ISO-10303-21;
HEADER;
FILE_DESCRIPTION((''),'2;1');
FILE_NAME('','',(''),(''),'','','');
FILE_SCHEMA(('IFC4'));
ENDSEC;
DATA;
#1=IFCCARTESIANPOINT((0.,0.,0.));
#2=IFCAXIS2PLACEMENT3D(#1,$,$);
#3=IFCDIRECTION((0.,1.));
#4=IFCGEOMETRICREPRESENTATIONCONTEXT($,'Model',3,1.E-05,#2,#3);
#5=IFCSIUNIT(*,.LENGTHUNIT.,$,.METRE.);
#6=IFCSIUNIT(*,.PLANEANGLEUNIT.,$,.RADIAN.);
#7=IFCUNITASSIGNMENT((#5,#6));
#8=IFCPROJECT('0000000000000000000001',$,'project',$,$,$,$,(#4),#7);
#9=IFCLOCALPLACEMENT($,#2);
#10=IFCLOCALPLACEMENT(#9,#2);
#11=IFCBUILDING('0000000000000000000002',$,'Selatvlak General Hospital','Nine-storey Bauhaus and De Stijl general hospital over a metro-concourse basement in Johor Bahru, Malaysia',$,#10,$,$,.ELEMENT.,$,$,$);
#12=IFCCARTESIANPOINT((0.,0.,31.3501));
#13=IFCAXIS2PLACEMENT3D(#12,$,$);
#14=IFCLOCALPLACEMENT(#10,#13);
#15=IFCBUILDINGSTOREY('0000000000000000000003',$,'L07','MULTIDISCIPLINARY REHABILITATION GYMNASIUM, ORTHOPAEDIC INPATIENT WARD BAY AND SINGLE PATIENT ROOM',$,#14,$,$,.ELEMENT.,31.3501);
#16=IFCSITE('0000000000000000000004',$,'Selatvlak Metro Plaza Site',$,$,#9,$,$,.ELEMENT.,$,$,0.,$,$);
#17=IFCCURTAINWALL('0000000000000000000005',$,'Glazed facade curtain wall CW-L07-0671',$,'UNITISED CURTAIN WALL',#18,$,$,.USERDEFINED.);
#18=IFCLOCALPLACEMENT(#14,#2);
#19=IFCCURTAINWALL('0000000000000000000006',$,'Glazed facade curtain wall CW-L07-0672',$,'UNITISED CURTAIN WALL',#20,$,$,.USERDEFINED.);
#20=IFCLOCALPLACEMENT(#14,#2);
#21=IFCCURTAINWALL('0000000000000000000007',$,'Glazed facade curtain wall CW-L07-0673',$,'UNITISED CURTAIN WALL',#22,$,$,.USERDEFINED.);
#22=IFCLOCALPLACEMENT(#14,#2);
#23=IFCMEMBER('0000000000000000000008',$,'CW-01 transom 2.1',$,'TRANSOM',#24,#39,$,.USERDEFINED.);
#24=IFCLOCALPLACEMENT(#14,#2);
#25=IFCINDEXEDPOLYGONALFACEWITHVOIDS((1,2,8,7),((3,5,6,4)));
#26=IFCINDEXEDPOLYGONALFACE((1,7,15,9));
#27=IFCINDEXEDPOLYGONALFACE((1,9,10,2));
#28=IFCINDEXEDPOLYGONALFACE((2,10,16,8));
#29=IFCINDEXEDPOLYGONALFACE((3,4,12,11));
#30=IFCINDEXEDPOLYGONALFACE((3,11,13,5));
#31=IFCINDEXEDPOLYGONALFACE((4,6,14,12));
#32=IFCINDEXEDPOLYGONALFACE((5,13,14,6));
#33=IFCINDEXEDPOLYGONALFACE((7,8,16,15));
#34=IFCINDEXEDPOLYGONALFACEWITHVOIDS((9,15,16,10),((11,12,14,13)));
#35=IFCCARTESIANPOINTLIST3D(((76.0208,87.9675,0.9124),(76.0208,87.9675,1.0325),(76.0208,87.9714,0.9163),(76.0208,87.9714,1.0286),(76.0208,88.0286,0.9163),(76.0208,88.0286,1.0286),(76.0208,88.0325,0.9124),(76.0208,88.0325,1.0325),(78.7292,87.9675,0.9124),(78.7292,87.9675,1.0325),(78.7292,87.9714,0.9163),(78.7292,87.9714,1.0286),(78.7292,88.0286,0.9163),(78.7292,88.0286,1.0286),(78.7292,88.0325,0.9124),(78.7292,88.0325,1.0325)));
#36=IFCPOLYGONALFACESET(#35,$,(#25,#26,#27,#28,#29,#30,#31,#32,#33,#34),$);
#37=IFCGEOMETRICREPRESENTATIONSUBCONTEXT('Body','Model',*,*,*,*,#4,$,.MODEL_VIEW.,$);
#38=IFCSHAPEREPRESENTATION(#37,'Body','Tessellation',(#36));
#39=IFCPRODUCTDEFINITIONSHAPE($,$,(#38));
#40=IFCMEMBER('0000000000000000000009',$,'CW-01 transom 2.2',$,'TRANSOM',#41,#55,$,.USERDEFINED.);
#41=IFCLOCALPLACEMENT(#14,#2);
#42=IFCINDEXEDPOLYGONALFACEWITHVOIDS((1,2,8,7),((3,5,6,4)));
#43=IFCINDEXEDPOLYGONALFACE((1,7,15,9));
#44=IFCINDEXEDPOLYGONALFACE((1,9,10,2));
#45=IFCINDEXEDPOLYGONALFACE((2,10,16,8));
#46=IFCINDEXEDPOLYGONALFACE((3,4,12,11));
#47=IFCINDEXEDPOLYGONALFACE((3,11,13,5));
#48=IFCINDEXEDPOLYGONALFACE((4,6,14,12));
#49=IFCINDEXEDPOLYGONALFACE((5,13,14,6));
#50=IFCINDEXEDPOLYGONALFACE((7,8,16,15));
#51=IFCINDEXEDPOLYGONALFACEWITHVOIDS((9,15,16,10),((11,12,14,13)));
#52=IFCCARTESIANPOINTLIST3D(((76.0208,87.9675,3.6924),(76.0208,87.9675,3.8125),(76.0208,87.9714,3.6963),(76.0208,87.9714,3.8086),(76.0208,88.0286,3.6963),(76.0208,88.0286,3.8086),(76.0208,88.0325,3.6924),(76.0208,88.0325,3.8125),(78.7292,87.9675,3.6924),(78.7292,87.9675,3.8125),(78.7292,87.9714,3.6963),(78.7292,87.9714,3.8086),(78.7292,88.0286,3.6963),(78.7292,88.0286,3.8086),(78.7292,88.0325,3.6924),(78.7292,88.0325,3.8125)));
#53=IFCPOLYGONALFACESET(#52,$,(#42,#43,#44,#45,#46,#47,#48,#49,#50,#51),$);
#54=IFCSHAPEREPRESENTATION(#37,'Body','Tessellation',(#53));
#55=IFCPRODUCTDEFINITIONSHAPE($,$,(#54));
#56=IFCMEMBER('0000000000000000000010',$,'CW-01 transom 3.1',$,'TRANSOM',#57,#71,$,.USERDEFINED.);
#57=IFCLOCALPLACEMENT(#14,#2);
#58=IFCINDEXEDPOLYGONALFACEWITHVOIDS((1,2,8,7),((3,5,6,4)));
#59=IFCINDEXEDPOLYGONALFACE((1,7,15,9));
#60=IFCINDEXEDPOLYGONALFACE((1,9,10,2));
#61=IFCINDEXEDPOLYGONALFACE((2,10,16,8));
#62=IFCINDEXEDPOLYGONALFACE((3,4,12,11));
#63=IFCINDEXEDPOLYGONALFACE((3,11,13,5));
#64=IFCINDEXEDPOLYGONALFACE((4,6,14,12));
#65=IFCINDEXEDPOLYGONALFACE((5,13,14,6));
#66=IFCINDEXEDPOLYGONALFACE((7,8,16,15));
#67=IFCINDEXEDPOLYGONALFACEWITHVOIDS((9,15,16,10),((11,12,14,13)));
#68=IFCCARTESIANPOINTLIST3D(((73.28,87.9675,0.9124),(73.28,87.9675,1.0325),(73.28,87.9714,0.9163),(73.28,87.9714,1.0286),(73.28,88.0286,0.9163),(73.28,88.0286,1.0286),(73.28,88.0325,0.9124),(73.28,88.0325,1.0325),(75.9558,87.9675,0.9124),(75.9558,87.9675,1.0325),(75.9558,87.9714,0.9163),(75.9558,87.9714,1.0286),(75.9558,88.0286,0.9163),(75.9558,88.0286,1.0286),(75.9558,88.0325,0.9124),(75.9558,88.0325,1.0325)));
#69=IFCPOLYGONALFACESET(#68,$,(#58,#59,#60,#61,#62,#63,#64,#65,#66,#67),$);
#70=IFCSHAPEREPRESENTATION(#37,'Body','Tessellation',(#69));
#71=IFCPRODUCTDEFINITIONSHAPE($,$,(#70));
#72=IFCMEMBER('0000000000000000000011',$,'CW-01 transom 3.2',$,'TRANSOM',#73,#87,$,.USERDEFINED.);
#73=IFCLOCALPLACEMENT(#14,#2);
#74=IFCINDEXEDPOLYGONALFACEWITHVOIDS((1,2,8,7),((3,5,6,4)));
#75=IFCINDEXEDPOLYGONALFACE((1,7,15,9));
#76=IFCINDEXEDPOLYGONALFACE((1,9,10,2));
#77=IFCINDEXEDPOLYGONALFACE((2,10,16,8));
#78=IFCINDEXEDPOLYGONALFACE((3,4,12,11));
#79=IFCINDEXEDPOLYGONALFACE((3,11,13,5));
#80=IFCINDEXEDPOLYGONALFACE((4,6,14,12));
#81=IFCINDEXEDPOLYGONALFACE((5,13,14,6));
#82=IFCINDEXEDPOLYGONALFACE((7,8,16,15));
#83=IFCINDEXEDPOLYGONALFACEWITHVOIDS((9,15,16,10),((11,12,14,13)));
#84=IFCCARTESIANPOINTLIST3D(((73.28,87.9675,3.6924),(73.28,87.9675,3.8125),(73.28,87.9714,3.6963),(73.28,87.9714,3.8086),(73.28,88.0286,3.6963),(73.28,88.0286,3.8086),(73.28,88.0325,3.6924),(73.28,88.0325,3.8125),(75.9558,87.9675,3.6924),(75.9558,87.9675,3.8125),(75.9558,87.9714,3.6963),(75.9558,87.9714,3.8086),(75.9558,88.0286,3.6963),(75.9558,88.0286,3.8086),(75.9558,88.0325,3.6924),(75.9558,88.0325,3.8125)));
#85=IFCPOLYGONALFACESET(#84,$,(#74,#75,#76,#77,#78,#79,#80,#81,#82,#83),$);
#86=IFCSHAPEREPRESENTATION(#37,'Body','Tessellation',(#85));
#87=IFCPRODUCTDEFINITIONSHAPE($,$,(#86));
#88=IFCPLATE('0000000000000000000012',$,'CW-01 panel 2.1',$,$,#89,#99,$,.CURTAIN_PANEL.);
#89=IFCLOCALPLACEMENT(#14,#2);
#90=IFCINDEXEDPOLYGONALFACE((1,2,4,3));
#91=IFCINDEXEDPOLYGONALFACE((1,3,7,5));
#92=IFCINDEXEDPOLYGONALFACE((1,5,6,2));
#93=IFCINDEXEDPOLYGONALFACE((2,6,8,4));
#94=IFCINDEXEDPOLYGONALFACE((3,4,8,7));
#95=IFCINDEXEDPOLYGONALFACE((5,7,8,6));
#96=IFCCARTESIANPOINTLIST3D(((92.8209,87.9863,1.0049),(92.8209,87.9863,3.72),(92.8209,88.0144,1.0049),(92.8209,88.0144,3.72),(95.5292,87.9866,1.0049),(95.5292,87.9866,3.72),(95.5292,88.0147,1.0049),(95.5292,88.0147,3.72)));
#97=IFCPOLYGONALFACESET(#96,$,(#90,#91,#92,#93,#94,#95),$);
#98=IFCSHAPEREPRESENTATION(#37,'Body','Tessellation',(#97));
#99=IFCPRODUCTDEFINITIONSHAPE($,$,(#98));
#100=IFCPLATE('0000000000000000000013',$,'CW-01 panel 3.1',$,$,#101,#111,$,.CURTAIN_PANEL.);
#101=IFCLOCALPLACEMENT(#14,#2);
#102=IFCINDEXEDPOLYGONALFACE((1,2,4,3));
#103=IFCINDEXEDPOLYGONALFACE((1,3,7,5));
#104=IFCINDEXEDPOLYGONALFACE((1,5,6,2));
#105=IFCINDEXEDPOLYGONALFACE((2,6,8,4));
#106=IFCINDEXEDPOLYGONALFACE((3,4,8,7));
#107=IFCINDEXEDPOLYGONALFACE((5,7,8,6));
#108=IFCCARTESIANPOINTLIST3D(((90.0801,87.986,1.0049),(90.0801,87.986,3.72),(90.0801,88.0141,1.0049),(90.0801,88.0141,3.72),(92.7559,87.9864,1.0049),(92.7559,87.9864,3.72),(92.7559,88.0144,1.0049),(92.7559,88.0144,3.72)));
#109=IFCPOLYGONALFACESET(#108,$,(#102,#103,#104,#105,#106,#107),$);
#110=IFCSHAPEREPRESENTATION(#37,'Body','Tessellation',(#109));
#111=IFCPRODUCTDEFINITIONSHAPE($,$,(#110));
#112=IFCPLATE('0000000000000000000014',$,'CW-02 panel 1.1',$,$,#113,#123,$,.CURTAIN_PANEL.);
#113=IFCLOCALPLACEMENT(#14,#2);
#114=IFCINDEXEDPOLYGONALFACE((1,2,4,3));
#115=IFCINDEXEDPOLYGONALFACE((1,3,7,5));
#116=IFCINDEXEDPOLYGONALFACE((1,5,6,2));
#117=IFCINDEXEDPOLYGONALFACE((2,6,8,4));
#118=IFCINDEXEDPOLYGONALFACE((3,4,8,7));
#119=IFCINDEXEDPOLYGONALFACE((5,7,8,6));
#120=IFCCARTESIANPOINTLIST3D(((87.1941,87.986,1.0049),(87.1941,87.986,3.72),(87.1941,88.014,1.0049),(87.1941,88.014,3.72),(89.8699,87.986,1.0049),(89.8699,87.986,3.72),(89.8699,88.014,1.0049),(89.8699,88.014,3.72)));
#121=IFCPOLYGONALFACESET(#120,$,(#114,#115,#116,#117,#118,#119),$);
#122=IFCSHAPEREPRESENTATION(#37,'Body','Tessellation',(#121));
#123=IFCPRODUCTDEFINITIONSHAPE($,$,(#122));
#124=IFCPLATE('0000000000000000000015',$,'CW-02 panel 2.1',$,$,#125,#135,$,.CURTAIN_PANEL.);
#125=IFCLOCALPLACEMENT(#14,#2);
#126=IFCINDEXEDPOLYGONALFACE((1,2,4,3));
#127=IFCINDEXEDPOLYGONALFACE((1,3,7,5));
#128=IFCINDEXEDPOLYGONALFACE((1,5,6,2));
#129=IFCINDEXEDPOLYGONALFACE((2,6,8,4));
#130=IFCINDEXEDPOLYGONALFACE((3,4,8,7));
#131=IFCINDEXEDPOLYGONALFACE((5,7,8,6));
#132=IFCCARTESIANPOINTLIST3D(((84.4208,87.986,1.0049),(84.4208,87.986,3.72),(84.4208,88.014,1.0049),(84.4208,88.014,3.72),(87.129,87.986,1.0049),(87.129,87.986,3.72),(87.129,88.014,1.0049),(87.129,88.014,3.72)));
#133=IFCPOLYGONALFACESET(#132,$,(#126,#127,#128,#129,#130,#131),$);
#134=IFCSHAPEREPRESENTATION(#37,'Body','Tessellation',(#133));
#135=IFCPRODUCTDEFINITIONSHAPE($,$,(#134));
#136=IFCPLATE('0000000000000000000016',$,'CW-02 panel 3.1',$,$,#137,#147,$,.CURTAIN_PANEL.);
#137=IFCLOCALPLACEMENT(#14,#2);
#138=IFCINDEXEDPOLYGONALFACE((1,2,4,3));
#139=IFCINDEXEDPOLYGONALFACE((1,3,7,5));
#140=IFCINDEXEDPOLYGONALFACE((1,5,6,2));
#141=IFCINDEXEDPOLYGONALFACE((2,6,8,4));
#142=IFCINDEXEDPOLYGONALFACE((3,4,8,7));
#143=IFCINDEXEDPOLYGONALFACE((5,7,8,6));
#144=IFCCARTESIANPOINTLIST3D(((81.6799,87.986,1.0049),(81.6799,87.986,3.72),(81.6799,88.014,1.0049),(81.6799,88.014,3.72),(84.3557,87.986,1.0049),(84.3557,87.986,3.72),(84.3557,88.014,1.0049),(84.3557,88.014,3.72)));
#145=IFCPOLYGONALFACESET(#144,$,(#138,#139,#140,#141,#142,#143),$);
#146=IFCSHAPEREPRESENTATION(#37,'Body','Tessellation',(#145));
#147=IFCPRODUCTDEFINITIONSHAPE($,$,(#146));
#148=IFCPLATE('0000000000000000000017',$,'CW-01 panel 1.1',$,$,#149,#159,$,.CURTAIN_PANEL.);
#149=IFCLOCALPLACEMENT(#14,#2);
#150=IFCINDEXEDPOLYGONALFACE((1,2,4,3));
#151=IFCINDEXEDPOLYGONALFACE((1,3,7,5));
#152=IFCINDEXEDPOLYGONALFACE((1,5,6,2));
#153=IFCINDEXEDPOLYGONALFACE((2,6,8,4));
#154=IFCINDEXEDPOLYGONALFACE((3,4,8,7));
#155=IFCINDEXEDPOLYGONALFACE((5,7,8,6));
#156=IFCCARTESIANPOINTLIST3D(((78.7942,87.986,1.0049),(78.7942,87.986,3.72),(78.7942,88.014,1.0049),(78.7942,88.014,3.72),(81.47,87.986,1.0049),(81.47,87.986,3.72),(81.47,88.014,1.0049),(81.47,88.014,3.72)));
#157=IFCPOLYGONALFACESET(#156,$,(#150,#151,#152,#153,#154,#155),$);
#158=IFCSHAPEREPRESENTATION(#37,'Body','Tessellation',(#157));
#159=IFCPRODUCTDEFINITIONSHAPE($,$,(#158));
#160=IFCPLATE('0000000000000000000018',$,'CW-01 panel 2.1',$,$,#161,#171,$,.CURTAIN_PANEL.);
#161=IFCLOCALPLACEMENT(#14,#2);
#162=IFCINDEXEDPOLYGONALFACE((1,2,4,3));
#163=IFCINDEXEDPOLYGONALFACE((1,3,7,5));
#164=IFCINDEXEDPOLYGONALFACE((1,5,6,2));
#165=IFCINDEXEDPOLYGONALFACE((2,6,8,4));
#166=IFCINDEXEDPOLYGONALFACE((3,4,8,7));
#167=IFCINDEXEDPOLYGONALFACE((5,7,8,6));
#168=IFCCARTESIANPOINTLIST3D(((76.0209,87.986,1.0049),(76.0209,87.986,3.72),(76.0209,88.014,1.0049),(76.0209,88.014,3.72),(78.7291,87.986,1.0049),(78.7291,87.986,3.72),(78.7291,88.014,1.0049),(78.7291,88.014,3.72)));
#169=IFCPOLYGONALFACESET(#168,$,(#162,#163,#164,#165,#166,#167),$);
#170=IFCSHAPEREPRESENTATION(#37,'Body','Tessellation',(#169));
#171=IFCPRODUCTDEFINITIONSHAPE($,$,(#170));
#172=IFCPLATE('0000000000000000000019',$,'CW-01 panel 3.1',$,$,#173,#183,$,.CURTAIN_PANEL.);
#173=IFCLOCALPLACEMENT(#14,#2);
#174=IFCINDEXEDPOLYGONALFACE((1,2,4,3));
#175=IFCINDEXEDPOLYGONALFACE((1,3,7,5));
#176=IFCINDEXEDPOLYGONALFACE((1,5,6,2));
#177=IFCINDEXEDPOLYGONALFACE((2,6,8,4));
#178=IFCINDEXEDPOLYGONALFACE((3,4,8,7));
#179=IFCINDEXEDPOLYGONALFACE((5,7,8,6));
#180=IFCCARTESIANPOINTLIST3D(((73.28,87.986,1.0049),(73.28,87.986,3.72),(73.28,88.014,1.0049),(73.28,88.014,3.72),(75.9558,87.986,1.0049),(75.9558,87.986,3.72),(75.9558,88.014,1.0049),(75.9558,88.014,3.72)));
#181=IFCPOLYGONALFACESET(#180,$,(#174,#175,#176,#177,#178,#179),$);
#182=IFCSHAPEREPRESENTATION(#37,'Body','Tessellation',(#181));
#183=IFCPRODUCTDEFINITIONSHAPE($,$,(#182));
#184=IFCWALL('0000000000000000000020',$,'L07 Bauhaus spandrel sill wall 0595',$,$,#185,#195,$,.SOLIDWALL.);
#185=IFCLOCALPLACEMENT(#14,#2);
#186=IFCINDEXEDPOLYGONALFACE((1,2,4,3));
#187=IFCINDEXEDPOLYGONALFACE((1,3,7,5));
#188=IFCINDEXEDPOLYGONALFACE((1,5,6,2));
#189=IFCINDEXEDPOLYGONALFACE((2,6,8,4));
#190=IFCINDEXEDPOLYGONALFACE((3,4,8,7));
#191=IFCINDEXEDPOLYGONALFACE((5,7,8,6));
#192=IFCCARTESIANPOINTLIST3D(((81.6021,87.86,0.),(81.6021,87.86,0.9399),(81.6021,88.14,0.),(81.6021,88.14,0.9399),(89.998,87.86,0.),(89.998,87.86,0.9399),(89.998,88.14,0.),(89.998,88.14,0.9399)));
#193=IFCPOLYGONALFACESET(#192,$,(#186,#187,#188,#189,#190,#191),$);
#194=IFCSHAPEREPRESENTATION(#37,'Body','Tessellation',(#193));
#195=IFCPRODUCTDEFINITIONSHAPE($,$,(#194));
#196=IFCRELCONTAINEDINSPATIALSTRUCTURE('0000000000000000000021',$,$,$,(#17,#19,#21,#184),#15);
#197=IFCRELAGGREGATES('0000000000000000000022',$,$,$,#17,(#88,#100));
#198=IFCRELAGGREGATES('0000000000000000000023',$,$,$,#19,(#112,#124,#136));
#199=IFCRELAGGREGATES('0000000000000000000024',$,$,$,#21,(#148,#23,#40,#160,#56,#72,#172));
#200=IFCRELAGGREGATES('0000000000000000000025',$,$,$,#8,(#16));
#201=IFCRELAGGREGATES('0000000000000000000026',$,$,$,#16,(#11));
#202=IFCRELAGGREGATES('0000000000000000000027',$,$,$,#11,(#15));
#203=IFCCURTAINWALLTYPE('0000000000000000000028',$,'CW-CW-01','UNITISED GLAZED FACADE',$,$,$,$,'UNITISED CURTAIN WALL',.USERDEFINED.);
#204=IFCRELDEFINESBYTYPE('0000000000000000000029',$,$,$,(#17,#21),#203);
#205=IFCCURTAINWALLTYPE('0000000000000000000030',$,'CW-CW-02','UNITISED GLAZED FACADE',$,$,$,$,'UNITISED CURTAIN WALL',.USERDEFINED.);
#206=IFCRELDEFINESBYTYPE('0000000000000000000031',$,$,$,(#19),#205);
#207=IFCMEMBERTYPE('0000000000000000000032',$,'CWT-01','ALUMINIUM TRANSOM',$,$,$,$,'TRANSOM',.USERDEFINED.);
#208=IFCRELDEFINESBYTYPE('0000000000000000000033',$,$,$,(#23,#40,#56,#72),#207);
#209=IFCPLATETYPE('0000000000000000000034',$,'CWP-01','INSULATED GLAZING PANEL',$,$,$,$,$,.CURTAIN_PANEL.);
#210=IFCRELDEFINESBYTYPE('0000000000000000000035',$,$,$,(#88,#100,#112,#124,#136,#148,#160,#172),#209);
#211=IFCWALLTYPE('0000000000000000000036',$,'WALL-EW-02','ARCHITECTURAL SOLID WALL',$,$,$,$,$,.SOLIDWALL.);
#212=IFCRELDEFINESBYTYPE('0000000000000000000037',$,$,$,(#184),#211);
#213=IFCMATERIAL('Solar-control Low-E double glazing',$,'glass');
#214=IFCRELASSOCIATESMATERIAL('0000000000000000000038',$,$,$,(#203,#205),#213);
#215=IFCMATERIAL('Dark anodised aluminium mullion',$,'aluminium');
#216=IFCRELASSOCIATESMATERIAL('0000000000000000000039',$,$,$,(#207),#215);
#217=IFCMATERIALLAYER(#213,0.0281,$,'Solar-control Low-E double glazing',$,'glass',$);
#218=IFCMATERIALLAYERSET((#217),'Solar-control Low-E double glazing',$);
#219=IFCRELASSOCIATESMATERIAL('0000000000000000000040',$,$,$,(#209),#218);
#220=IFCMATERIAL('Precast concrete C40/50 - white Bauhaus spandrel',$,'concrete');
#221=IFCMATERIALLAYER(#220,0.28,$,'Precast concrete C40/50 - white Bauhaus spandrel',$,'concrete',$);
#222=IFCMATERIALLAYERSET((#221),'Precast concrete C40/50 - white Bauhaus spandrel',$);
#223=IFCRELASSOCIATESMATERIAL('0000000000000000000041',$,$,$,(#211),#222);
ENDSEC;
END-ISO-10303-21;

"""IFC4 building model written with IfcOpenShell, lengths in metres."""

from ifc_helpers import new_model, si_unit, direction, frame, frame_2d, origin, origin_2d, place, context, subcontext, project, spatial, rectangle, hollow_rectangle, extrude, material, layer, layer_set, material_profile, profile_set, type_object, element, aggregate, save


model = new_model("IFC4")

# Units and contexts
model_context = context("Model", 3, precision=1e-05, world=origin(), true_north=direction((0.0, 1.0)))
body_context = subcontext(model_context, "Body", "Model", "MODEL_VIEW")
ifc_project = project(units=[si_unit("LENGTHUNIT", "METRE"), si_unit("PLANEANGLEUNIT", "RADIAN")], contexts=[model_context])

# Site, building, storey
site_placement = place(None, origin())
site = spatial("IfcSite", under=ifc_project, at=site_placement, Name="Selatvlak Metro Plaza Site", CompositionType="ELEMENT", RefElevation=0.0)
building_placement = place(site_placement, origin())
building = spatial("IfcBuilding", under=site, at=building_placement, Name="Selatvlak General Hospital", Description="Nine-storey Bauhaus and De Stijl general hospital over a metro-concourse basement in Johor Bahru, Malaysia", CompositionType="ELEMENT")
storey_placement = place(building_placement, frame((0.0, 0.0, 31.3501)))
storey = spatial("IfcBuildingStorey", under=building, at=storey_placement, Name="L07", Description="MULTIDISCIPLINARY REHABILITATION GYMNASIUM, ORTHOPAEDIC INPATIENT WARD BAY AND SINGLE PATIENT ROOM", CompositionType="ELEMENT", Elevation=31.3501)

# Curtain walls
ifc_material_1 = material(Name="Solar-control Low-E double glazing", Category="glass")
curtain_wall_type_1 = type_object("IfcCurtainWallType", Name="CW-CW-01", Description="UNITISED GLAZED FACADE", ElementType="UNITISED CURTAIN WALL", PredefinedType="USERDEFINED", material=ifc_material_1)
curtain_wall_1_placement = place(storey_placement, origin())
curtain_wall_1 = element("IfcCurtainWall", 1, at=curtain_wall_1_placement, inside=storey, type_object=curtain_wall_type_1, Name="Glazed facade curtain wall CW-L07-0671", ObjectType="UNITISED CURTAIN WALL", PredefinedType="USERDEFINED")
ifc_material_2 = material(Name="Dark anodised aluminium mullion", Category="aluminium")
curtain_wall_type_2 = type_object("IfcCurtainWallType", Name="CW-CW-02", Description="UNITISED GLAZED FACADE", ElementType="UNITISED CURTAIN WALL", PredefinedType="USERDEFINED", material=ifc_material_1)
curtain_wall_2_placement = place(storey_placement, origin())
curtain_wall_2 = element("IfcCurtainWall", 2, at=curtain_wall_2_placement, inside=storey, type_object=curtain_wall_type_2, Name="Glazed facade curtain wall CW-L07-0672", ObjectType="UNITISED CURTAIN WALL", PredefinedType="USERDEFINED")
curtain_wall_3_placement = place(storey_placement, origin())
curtain_wall_3 = element("IfcCurtainWall", 3, at=curtain_wall_3_placement, inside=storey, type_object=curtain_wall_type_1, Name="Glazed facade curtain wall CW-L07-0673", ObjectType="UNITISED CURTAIN WALL", PredefinedType="USERDEFINED")

# Members
ifc_material_profile_1 = material_profile(ifc_material_2, hollow_rectangle(XDim=0.0649, YDim=0.1201, WallThickness=0.0039, at=origin_2d()), Name="AL-TRN 65x120x4")
ifc_profile_set_1 = profile_set([ifc_material_profile_1], Name="Dark anodised aluminium mullion")
member_type_1 = type_object("IfcMemberType", Name="CWT-01", Description="ALUMINIUM TRANSOM", ElementType="TRANSOM", PredefinedType="USERDEFINED", material=ifc_profile_set_1)
member_1_placement = place(storey_placement, frame((78.7292, 88.0, 0.9724), z_axis=(-1.0, 0.0, 0.0), x_axis=(0.0, -1.0, 0.0)))
member_1 = element("IfcMember", 4, at=member_1_placement, type_object=member_type_1, Name="CW-01 transom 2.1", ObjectType="TRANSOM", PredefinedType="USERDEFINED", context=body_context, shape_type="SweptSolid", body=[
    extrude(hollow_rectangle(XDim=0.0649, YDim=0.1201, WallThickness=0.0039, at=origin_2d()), origin(), (0.0, 0.0, 1.0), 2.7085),
])
member_2_placement = place(storey_placement, frame((78.7292, 88.0, 3.7524), z_axis=(-1.0, 0.0, 0.0), x_axis=(0.0, -1.0, 0.0)))
member_2 = element("IfcMember", 5, at=member_2_placement, type_object=member_type_1, Name="CW-01 transom 2.2", ObjectType="TRANSOM", PredefinedType="USERDEFINED", context=body_context, shape_type="SweptSolid", body=[
    extrude(hollow_rectangle(XDim=0.0649, YDim=0.1201, WallThickness=0.0039, at=origin_2d()), origin(), (0.0, 0.0, 1.0), 2.7085),
])
member_3_placement = place(storey_placement, frame((75.9558, 88.0, 0.9724), z_axis=(-1.0, 0.0, 0.0), x_axis=(0.0, -1.0, 0.0)))
member_3 = element("IfcMember", 6, at=member_3_placement, type_object=member_type_1, Name="CW-01 transom 3.1", ObjectType="TRANSOM", PredefinedType="USERDEFINED", context=body_context, shape_type="SweptSolid", body=[
    extrude(hollow_rectangle(XDim=0.0649, YDim=0.1201, WallThickness=0.0039, at=origin_2d()), origin(), (0.0, 0.0, 1.0), 2.6758),
])
member_4_placement = place(storey_placement, frame((75.9558, 88.0, 3.7524), z_axis=(-1.0, 0.0, 0.0), x_axis=(0.0, -1.0, 0.0)))
member_4 = element("IfcMember", 7, at=member_4_placement, type_object=member_type_1, Name="CW-01 transom 3.2", ObjectType="TRANSOM", PredefinedType="USERDEFINED", context=body_context, shape_type="SweptSolid", body=[
    extrude(hollow_rectangle(XDim=0.0649, YDim=0.1201, WallThickness=0.0039, at=origin_2d()), origin(), (0.0, 0.0, 1.0), 2.6758),
])

# Plates
ifc_layer_1 = layer(ifc_material_1, 0.0281, Name="Solar-control Low-E double glazing", Category="glass")
ifc_layer_set_1 = layer_set([ifc_layer_1], Name="Solar-control Low-E double glazing")
plate_type = type_object("IfcPlateType", Name="CWP-01", Description="INSULATED GLAZING PANEL", PredefinedType="CURTAIN_PANEL", material=ifc_layer_set_1)
plate_1_placement = place(storey_placement, frame((94.175, 88.0005, 1.0049), z_axis=(0.0, 0.0, 1.0), x_axis=(-1.0, -0.00012, 0.0)))
plate_1 = element("IfcPlate", 8, at=plate_1_placement, type_object=plate_type, Name="CW-01 panel 2.1", PredefinedType="CURTAIN_PANEL", context=body_context, shape_type="SweptSolid", body=[
    extrude(rectangle(XDim=2.7083, YDim=0.0281, at=origin_2d()), origin(), (0.0, 0.0, 1.0), 2.7151),
])
plate_2_placement = place(storey_placement, frame((91.418, 88.0002, 1.0049), z_axis=(0.0, 0.0, 1.0), x_axis=(-1.0, -0.00012, 0.0)))
plate_2 = element("IfcPlate", 9, at=plate_2_placement, type_object=plate_type, Name="CW-01 panel 3.1", PredefinedType="CURTAIN_PANEL", context=body_context, shape_type="SweptSolid", body=[
    extrude(rectangle(XDim=2.6758, YDim=0.0281, at=origin_2d()), origin(), (0.0, 0.0, 1.0), 2.7151),
])
aggregate(curtain_wall_1, [plate_1, plate_2])
plate_3_placement = place(storey_placement, frame((88.532, 88.0, 1.0049), z_axis=(0.0, 0.0, 1.0), x_axis=(-1.0, 0.0, 0.0)))
plate_3 = element("IfcPlate", 10, at=plate_3_placement, type_object=plate_type, Name="CW-02 panel 1.1", PredefinedType="CURTAIN_PANEL", context=body_context, shape_type="SweptSolid", body=[
    extrude(rectangle(XDim=2.6758, YDim=0.0281, at=origin_2d()), origin(), (0.0, 0.0, 1.0), 2.7151),
])
plate_4_placement = place(storey_placement, frame((85.7749, 88.0, 1.0049), z_axis=(0.0, 0.0, 1.0), x_axis=(-1.0, 0.0, 0.0)))
plate_4 = element("IfcPlate", 11, at=plate_4_placement, type_object=plate_type, Name="CW-02 panel 2.1", PredefinedType="CURTAIN_PANEL", context=body_context, shape_type="SweptSolid", body=[
    extrude(rectangle(XDim=2.7083, YDim=0.0281, at=origin_2d()), origin(), (0.0, 0.0, 1.0), 2.7151),
])
plate_5_placement = place(storey_placement, frame((83.0178, 88.0, 1.0049), z_axis=(0.0, 0.0, 1.0), x_axis=(-1.0, 0.0, 0.0)))
plate_5 = element("IfcPlate", 12, at=plate_5_placement, type_object=plate_type, Name="CW-02 panel 3.1", PredefinedType="CURTAIN_PANEL", context=body_context, shape_type="SweptSolid", body=[
    extrude(rectangle(XDim=2.6758, YDim=0.0281, at=origin_2d()), origin(), (0.0, 0.0, 1.0), 2.7151),
])
aggregate(curtain_wall_2, [plate_3, plate_4, plate_5])
plate_6_placement = place(storey_placement, frame((80.1321, 88.0, 1.0049), z_axis=(0.0, 0.0, 1.0), x_axis=(-1.0, 0.0, 0.0)))
plate_6 = element("IfcPlate", 13, at=plate_6_placement, type_object=plate_type, Name="CW-01 panel 1.1", PredefinedType="CURTAIN_PANEL", context=body_context, shape_type="SweptSolid", body=[
    extrude(rectangle(XDim=2.6758, YDim=0.0281, at=origin_2d()), origin(), (0.0, 0.0, 1.0), 2.7151),
])
plate_7_placement = place(storey_placement, frame((77.375, 88.0, 1.0049), z_axis=(0.0, 0.0, 1.0), x_axis=(-1.0, 0.0, 0.0)))
plate_7 = element("IfcPlate", 14, at=plate_7_placement, type_object=plate_type, Name="CW-01 panel 2.1", PredefinedType="CURTAIN_PANEL", context=body_context, shape_type="SweptSolid", body=[
    extrude(rectangle(XDim=2.7083, YDim=0.0281, at=origin_2d()), origin(), (0.0, 0.0, 1.0), 2.7151),
])
plate_8_placement = place(storey_placement, frame((74.6179, 88.0, 1.0049), z_axis=(0.0, 0.0, 1.0), x_axis=(-1.0, 0.0, 0.0)))
plate_8 = element("IfcPlate", 15, at=plate_8_placement, type_object=plate_type, Name="CW-01 panel 3.1", PredefinedType="CURTAIN_PANEL", context=body_context, shape_type="SweptSolid", body=[
    extrude(rectangle(XDim=2.6758, YDim=0.0281, at=origin_2d()), origin(), (0.0, 0.0, 1.0), 2.7151),
])
aggregate(curtain_wall_3, [plate_6, member_1, member_2, plate_7, member_3, member_4, plate_8])

# Wall
ifc_material_3 = material(Name="Precast concrete C40/50 - white Bauhaus spandrel", Category="concrete")
ifc_layer_2 = layer(ifc_material_3, 0.28, Name="Precast concrete C40/50 - white Bauhaus spandrel", Category="concrete")
ifc_layer_set_2 = layer_set([ifc_layer_2], Name="Precast concrete C40/50 - white Bauhaus spandrel")
wall_type = type_object("IfcWallType", Name="WALL-EW-02", Description="ARCHITECTURAL SOLID WALL", PredefinedType="SOLIDWALL", material=ifc_layer_set_2)
for number, where, z_axis, x_axis, name in (
    (16, (89.998, 88.0, 0.0), (0.0, 0.0, 1.0), (-1.0, 0.0, 0.0), "L07 Bauhaus spandrel sill wall 0595"),
):
    element("IfcWall", number, at=place(storey_placement, frame(where, z_axis=z_axis, x_axis=x_axis)), inside=storey, type_object=wall_type, Name=name, PredefinedType="SOLIDWALL", context=body_context, shape_type="SweptSolid", body=[
        extrude(rectangle(XDim=8.396, YDim=0.28, at=frame_2d((4.198, 0.0))), origin(), (0.0, 0.0, 1.0), 0.9399),
    ])

save(model, "model.ifc")
